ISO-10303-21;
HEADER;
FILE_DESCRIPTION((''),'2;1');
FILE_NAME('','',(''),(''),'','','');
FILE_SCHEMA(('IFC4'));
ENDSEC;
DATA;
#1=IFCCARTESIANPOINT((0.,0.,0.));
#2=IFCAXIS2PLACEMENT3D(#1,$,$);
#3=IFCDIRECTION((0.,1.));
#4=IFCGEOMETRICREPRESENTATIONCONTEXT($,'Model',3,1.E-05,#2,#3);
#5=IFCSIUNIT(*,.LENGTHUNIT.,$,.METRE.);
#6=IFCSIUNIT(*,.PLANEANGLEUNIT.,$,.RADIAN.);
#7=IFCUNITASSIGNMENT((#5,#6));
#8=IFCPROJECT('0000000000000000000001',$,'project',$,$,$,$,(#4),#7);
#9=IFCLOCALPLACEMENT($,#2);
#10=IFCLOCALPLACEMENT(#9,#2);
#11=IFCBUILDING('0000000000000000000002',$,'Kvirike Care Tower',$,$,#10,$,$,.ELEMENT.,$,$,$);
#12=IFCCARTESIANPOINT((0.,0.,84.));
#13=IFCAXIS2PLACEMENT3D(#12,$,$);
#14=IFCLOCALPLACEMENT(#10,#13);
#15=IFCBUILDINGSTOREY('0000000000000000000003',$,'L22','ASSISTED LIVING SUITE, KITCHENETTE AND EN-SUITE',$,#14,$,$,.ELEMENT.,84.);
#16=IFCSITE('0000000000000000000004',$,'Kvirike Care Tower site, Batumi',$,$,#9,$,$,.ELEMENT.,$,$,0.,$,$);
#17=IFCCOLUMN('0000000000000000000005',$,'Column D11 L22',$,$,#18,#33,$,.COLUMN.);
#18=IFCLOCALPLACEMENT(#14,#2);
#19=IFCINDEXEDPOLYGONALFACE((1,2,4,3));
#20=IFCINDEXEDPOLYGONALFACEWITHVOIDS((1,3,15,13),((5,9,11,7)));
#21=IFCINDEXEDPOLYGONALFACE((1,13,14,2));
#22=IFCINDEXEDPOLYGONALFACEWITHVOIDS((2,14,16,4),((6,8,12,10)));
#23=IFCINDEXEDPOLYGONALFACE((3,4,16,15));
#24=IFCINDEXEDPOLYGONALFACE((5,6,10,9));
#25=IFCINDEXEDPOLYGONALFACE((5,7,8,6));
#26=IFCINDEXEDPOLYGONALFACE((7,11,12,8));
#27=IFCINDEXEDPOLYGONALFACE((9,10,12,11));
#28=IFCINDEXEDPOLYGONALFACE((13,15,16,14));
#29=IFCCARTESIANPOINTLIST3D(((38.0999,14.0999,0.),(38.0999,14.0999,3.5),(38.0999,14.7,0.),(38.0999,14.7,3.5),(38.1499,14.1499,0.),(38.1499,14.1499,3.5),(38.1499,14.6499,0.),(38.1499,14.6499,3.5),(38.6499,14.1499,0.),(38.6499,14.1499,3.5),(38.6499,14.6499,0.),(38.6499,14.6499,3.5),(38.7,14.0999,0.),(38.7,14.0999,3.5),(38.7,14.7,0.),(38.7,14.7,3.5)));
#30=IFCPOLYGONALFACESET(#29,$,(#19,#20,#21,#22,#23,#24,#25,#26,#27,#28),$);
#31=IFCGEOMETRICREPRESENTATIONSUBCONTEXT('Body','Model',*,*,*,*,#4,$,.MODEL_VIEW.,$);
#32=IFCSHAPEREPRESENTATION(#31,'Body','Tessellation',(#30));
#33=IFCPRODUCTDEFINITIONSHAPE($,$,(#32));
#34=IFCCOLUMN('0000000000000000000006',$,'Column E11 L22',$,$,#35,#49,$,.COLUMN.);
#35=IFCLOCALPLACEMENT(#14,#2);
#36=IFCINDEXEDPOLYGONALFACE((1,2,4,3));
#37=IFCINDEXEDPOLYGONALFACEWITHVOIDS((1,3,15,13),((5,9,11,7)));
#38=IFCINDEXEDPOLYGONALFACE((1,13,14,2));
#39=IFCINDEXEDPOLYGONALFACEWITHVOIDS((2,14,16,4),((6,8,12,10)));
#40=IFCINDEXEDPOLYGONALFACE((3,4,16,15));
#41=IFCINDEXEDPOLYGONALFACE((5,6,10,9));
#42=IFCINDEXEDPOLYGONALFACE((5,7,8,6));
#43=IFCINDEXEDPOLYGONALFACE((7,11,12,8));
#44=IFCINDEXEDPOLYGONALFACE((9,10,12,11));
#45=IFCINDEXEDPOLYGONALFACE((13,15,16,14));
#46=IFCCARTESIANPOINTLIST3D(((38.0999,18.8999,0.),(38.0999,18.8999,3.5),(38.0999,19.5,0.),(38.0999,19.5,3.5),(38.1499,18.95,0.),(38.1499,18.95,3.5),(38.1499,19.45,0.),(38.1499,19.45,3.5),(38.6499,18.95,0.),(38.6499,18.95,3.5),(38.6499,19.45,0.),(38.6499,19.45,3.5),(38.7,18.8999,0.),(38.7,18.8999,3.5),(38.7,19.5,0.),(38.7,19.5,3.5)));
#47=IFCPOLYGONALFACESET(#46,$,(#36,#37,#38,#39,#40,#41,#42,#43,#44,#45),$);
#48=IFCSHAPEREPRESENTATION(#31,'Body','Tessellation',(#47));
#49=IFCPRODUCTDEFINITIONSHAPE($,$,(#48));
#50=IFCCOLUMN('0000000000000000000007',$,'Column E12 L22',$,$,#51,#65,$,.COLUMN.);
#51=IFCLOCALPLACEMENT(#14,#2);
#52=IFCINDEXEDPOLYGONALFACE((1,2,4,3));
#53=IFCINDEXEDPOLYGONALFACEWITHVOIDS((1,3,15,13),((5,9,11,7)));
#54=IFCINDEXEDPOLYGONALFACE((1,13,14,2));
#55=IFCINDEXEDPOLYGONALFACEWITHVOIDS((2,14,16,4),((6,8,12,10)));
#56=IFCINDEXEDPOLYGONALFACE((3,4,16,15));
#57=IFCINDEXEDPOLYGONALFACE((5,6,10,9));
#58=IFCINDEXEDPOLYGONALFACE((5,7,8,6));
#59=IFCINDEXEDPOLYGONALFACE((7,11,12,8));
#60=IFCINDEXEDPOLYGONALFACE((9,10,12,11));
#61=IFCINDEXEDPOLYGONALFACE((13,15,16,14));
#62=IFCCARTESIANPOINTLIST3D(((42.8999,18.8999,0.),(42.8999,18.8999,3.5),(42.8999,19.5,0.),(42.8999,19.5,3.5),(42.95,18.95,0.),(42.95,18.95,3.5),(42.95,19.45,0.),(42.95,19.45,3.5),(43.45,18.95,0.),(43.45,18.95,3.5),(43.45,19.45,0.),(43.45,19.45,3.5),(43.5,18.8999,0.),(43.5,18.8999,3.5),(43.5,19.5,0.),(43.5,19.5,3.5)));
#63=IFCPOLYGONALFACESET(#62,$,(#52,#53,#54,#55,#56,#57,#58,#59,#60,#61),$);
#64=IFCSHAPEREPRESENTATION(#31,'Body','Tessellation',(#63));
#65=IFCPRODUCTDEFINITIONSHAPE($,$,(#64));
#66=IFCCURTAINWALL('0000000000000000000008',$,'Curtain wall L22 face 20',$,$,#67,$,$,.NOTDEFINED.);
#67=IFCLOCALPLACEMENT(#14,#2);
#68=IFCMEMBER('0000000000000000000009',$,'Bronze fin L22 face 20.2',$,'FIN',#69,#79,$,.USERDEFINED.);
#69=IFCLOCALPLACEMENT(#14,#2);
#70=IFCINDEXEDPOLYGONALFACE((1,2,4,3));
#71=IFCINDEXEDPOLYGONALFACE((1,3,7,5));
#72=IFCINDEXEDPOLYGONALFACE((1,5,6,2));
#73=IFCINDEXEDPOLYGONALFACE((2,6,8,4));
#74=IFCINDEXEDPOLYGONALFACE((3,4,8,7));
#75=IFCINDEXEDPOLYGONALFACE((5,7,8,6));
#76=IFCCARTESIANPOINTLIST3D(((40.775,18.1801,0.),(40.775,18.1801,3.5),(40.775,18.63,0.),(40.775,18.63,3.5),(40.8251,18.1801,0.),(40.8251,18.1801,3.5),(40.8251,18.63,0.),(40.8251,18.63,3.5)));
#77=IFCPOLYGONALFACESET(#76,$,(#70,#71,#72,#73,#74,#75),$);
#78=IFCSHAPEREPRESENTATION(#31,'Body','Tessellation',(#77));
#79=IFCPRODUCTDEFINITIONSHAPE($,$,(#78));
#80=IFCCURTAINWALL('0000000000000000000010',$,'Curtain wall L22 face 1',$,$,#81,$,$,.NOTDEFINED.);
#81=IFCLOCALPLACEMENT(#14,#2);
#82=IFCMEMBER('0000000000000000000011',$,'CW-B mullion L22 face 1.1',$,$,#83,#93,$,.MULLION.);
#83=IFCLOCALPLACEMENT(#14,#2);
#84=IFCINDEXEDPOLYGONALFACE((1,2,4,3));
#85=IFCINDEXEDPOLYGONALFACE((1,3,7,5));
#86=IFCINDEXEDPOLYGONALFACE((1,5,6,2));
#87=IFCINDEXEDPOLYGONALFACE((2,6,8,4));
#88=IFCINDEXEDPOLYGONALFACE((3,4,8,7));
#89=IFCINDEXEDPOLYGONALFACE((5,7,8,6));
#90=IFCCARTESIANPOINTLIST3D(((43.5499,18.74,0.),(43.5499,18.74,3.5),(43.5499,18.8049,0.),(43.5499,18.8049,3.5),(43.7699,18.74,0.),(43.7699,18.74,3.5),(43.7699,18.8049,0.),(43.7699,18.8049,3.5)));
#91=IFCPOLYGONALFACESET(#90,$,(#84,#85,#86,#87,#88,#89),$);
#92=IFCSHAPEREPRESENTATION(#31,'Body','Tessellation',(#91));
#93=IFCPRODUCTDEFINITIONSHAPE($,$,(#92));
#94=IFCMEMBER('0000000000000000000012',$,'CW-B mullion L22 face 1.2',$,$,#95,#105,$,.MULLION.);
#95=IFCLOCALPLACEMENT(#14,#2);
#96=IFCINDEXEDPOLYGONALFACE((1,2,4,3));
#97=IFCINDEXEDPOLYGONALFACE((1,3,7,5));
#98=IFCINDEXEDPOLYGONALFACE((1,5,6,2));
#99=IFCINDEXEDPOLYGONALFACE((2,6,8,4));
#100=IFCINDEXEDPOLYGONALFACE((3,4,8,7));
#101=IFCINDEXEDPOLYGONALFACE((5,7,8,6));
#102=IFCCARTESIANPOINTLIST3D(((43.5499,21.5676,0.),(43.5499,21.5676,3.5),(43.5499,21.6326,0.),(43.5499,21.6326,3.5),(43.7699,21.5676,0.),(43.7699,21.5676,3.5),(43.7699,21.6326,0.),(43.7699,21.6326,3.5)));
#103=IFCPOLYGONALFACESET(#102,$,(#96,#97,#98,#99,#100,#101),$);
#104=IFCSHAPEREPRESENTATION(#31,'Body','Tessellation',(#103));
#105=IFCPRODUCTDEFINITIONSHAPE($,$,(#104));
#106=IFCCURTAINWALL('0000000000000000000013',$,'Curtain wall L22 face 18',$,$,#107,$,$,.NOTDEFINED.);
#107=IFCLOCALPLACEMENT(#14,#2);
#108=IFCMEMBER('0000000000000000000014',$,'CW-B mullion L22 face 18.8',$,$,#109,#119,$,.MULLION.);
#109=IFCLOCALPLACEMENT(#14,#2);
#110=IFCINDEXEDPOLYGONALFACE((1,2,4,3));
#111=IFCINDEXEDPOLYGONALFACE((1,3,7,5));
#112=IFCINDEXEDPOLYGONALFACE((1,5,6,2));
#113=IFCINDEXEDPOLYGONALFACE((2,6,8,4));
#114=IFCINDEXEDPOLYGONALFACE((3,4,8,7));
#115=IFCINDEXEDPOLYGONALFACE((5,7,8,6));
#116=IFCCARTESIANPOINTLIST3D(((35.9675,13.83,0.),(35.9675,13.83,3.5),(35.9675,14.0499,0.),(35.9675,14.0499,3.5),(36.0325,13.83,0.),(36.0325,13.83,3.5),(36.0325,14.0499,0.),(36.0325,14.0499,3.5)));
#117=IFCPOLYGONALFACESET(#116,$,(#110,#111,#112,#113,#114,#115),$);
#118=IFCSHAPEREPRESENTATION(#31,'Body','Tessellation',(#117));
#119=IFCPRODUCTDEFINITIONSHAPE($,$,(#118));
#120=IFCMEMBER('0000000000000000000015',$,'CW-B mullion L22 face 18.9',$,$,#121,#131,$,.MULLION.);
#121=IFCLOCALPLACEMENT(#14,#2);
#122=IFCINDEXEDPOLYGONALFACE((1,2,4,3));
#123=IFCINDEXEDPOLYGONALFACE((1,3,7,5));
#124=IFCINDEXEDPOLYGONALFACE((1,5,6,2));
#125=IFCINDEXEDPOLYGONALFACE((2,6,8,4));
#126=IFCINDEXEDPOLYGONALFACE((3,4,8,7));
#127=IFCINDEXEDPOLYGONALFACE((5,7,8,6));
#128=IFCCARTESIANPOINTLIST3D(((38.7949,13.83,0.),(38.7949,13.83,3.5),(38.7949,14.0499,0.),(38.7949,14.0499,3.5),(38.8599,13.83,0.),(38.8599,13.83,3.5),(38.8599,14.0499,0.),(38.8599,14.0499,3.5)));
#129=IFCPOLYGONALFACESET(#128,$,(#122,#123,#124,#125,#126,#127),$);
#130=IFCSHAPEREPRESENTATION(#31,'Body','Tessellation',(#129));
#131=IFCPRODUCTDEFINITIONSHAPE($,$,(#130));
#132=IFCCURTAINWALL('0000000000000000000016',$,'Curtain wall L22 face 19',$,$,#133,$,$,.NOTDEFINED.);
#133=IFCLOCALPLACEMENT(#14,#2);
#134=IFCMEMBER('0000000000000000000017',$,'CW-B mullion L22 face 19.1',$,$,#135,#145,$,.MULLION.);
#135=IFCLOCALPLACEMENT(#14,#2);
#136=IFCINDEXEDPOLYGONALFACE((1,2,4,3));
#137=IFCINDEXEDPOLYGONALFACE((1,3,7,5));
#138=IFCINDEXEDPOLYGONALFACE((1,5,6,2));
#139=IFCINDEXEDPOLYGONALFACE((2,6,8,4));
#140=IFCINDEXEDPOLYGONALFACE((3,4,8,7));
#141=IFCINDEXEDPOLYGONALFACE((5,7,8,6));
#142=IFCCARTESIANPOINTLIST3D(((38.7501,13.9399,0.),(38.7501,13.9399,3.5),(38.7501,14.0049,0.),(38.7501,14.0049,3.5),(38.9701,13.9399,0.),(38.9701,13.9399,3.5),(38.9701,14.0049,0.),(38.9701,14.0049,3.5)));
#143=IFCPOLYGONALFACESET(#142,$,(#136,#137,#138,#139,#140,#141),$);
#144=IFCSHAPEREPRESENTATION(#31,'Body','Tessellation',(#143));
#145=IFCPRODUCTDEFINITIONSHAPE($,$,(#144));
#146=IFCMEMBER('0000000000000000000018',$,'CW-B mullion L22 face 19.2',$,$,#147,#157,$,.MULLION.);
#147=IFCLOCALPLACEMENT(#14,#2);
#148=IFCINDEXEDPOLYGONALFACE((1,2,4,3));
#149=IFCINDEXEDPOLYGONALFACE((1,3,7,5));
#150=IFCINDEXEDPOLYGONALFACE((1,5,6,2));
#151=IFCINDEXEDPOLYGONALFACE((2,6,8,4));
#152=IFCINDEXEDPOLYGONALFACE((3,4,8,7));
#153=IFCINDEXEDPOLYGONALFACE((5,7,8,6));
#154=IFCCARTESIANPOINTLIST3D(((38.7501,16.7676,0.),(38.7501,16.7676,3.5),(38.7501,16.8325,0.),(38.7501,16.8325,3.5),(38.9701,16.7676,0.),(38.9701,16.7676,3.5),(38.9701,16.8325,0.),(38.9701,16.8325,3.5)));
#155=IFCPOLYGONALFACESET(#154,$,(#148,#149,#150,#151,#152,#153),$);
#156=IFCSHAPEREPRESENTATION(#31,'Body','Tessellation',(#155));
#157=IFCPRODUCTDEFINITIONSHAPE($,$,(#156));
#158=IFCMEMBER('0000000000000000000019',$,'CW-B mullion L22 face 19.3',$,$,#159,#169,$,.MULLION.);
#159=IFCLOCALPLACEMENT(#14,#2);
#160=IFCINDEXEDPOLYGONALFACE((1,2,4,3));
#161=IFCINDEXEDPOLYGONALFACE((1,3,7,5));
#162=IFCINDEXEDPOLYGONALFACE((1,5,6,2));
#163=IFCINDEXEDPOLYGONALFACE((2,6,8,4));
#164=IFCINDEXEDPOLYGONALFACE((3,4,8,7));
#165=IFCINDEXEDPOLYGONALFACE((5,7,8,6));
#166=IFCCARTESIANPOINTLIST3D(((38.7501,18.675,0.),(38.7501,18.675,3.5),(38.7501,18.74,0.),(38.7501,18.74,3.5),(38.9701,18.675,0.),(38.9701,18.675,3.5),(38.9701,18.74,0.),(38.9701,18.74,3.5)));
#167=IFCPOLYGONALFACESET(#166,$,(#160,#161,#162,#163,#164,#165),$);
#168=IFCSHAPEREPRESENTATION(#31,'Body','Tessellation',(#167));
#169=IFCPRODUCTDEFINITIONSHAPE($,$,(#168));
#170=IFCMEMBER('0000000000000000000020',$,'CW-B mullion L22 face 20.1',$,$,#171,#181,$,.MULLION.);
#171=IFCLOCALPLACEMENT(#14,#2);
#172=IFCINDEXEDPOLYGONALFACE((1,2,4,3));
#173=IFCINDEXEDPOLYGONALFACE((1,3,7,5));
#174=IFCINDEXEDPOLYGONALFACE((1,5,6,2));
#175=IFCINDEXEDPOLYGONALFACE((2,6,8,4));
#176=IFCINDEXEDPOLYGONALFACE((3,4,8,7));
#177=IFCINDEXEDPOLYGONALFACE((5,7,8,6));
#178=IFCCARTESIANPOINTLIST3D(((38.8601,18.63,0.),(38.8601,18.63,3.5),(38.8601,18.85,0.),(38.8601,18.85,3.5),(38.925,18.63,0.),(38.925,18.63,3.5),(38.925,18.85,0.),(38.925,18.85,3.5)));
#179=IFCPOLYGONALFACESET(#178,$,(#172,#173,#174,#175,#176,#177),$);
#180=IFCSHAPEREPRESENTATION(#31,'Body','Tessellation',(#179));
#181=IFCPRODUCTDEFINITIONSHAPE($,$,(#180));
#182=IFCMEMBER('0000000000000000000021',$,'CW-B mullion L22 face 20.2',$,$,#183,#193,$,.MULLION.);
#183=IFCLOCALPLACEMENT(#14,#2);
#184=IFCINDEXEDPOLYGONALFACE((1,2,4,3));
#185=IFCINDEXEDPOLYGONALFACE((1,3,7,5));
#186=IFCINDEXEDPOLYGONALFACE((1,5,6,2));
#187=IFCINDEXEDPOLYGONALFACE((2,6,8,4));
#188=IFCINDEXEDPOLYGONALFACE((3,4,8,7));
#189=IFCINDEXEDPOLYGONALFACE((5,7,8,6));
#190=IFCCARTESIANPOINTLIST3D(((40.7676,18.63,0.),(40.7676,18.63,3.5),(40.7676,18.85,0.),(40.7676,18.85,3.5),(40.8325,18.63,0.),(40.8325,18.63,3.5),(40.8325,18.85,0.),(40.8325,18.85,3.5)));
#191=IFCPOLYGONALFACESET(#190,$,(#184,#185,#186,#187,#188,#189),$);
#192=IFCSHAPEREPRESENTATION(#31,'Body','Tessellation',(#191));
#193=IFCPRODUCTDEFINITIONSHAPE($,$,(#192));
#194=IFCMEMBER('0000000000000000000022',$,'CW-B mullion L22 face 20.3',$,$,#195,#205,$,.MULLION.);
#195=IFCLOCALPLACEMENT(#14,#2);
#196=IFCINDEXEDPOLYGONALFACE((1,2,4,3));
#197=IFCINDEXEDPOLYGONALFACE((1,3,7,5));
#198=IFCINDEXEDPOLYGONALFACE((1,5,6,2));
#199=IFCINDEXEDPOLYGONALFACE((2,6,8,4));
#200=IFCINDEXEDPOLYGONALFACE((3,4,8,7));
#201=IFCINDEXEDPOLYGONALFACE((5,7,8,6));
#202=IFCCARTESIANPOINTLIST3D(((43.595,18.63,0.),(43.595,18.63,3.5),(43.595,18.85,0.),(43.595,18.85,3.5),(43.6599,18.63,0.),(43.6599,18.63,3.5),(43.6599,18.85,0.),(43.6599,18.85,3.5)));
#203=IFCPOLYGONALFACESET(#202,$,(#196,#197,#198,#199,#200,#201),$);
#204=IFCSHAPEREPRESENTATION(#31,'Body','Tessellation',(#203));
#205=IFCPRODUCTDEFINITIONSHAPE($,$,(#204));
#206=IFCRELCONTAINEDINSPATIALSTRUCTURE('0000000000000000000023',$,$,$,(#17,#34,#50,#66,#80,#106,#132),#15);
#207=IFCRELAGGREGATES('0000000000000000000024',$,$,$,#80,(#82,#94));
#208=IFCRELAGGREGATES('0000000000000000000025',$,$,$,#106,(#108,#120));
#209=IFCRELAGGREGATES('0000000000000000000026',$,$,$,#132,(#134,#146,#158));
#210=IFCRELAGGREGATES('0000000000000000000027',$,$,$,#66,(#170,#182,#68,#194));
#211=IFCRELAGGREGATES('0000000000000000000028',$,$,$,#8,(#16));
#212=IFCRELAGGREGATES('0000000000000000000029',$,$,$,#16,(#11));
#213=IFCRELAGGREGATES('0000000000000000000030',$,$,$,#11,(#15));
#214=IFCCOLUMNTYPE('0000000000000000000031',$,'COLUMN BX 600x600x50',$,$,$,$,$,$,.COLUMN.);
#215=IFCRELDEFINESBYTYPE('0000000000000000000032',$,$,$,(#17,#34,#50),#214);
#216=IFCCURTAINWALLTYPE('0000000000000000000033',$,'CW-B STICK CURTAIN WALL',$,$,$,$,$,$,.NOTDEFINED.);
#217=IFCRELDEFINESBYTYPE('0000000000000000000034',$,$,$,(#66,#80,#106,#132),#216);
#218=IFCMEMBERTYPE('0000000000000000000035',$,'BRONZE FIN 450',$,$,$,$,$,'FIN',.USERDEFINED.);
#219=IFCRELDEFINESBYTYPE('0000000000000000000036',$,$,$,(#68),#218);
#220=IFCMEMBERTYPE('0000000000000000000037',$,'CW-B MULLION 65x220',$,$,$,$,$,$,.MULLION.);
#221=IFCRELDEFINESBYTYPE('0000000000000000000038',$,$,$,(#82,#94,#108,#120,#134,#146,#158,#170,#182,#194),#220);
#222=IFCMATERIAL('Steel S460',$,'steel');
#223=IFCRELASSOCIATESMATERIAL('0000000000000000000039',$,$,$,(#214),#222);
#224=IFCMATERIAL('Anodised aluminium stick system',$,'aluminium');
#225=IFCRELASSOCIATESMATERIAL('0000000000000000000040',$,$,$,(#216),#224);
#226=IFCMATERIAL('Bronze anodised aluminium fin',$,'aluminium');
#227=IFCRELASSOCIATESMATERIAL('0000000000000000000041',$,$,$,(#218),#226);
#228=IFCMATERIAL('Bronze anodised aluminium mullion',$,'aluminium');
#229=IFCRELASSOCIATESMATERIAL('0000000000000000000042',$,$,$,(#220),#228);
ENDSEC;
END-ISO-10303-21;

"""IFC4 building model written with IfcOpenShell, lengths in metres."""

from ifc_helpers import new_model, si_unit, direction, frame, origin, origin_2d, place, context, subcontext, project, spatial, rectangle, hollow_rectangle, extrude, material, material_profile, profile_set, type_object, element, aggregate, save


model = new_model("IFC4")

# Units and contexts
model_context = context("Model", 3, precision=1e-05, world=origin(), true_north=direction((0.0, 1.0)))
body_context = subcontext(model_context, "Body", "Model", "MODEL_VIEW")
ifc_project = project(units=[si_unit("LENGTHUNIT", "METRE"), si_unit("PLANEANGLEUNIT", "RADIAN")], contexts=[model_context])

# Site, building, storey
site_placement = place(None, origin())
site = spatial("IfcSite", under=ifc_project, at=site_placement, Name="Kvirike Care Tower site, Batumi", CompositionType="ELEMENT", RefElevation=0.0)
building_placement = place(site_placement, origin())
building = spatial("IfcBuilding", under=site, at=building_placement, Name="Kvirike Care Tower", CompositionType="ELEMENT")
storey_placement = place(building_placement, frame((0.0, 0.0, 84.0)))
storey = spatial("IfcBuildingStorey", under=building, at=storey_placement, Name="L22", Description="ASSISTED LIVING SUITE, KITCHENETTE AND EN-SUITE", CompositionType="ELEMENT", Elevation=84.0)

# Columns
ifc_material_1 = material(Name="Steel S460", Category="steel")
ifc_material_profile_1 = material_profile(ifc_material_1, hollow_rectangle(XDim=0.6001, YDim=0.6001, WallThickness=0.05, at=origin_2d()), Name="BX 600x600x50")
ifc_profile_set_1 = profile_set([ifc_material_profile_1], Name="Steel S460")
column_type = type_object("IfcColumnType", Name="COLUMN BX 600x600x50", PredefinedType="COLUMN", material=ifc_profile_set_1)
for number, where, z_axis, x_axis, name in (
    (1, (38.3999, 14.3999, 0.0), (0.0, 0.0, 1.0), (0.0, 1.0, 0.0), "Column D11 L22"),
    (2, (38.3999, 19.2, 0.0), (0.0, 0.0, 1.0), (0.0, 1.0, 0.0), "Column E11 L22"),
    (3, (43.2, 19.2, 0.0), (0.0, 0.0, 1.0), (0.0, 1.0, 0.0), "Column E12 L22"),
):
    element("IfcColumn", number, at=place(storey_placement, frame(where, z_axis=z_axis, x_axis=x_axis)), inside=storey, type_object=column_type, Name=name, PredefinedType="COLUMN", context=body_context, shape_type="SweptSolid", body=[
        extrude(hollow_rectangle(XDim=0.6001, YDim=0.6001, WallThickness=0.05, at=origin_2d()), origin(), (0.0, 0.0, 1.0), 3.5),
    ])

# Curtain wall, member
ifc_material_2 = material(Name="Anodised aluminium stick system", Category="aluminium")
curtain_wall_type = type_object("IfcCurtainWallType", Name="CW-B STICK CURTAIN WALL", PredefinedType="NOTDEFINED", material=ifc_material_2)
curtain_wall_1_placement = place(storey_placement, origin())
curtain_wall_1 = element("IfcCurtainWall", 4, at=curtain_wall_1_placement, inside=storey, type_object=curtain_wall_type, Name="Curtain wall L22 face 20", PredefinedType="NOTDEFINED")
ifc_material_3 = material(Name="Bronze anodised aluminium fin", Category="aluminium")
ifc_material_profile_2 = material_profile(ifc_material_3, rectangle(XDim=0.05, YDim=0.45, at=origin_2d()), Name="BRONZE FIN 450")
ifc_profile_set_2 = profile_set([ifc_material_profile_2], Name="Bronze anodised aluminium fin")
member_type_1 = type_object("IfcMemberType", Name="BRONZE FIN 450", ElementType="FIN", PredefinedType="USERDEFINED", material=ifc_profile_set_2)
member_1_placement = place(storey_placement, frame((40.8, 18.405, 0.0), z_axis=(0.0, 0.0, 1.0), x_axis=(1.0, 0.0, 0.0)))
member_1 = element("IfcMember", 5, at=member_1_placement, type_object=member_type_1, Name="Bronze fin L22 face 20.2", ObjectType="FIN", PredefinedType="USERDEFINED", context=body_context, shape_type="SweptSolid", body=[
    extrude(rectangle(XDim=0.05, YDim=0.45, at=origin_2d()), origin(), (0.0, 0.0, 1.0), 3.5),
])

# Curtain walls, members
curtain_wall_2_placement = place(storey_placement, origin())
curtain_wall_2 = element("IfcCurtainWall", 6, at=curtain_wall_2_placement, inside=storey, type_object=curtain_wall_type, Name="Curtain wall L22 face 1", PredefinedType="NOTDEFINED")
ifc_material_4 = material(Name="Bronze anodised aluminium mullion", Category="aluminium")
ifc_material_profile_3 = material_profile(ifc_material_4, rectangle(XDim=0.0649, YDim=0.22, at=origin_2d()), Name="CW-B MULLION 65x220")
ifc_profile_set_3 = profile_set([ifc_material_profile_3], Name="Bronze anodised aluminium mullion")
member_type_2 = type_object("IfcMemberType", Name="CW-B MULLION 65x220", PredefinedType="MULLION", material=ifc_profile_set_3)
member_2_placement = place(storey_placement, frame((43.6599, 18.7725, 0.0), z_axis=(0.0, 0.0, 1.0), x_axis=(0.0, 1.0, 0.0)))
member_2 = element("IfcMember", 7, at=member_2_placement, type_object=member_type_2, Name="CW-B mullion L22 face 1.1", PredefinedType="MULLION", context=body_context, shape_type="SweptSolid", body=[
    extrude(rectangle(XDim=0.0649, YDim=0.22, at=origin_2d()), origin(), (0.0, 0.0, 1.0), 3.5),
])
member_3_placement = place(storey_placement, frame((43.6599, 21.6001, 0.0), z_axis=(0.0, 0.0, 1.0), x_axis=(0.0, 1.0, 0.0)))
member_3 = element("IfcMember", 8, at=member_3_placement, type_object=member_type_2, Name="CW-B mullion L22 face 1.2", PredefinedType="MULLION", context=body_context, shape_type="SweptSolid", body=[
    extrude(rectangle(XDim=0.0649, YDim=0.22, at=origin_2d()), origin(), (0.0, 0.0, 1.0), 3.5),
])
curtain_wall_3_placement = place(storey_placement, origin())
curtain_wall_3 = element("IfcCurtainWall", 9, at=curtain_wall_3_placement, inside=storey, type_object=curtain_wall_type, Name="Curtain wall L22 face 18", PredefinedType="NOTDEFINED")
member_4_placement = place(storey_placement, frame((36.0, 13.9399, 0.0), z_axis=(0.0, 0.0, 1.0), x_axis=(1.0, 0.0, 0.0)))
member_4 = element("IfcMember", 10, at=member_4_placement, type_object=member_type_2, Name="CW-B mullion L22 face 18.8", PredefinedType="MULLION", context=body_context, shape_type="SweptSolid", body=[
    extrude(rectangle(XDim=0.0649, YDim=0.22, at=origin_2d()), origin(), (0.0, 0.0, 1.0), 3.5),
])
member_5_placement = place(storey_placement, frame((38.8274, 13.9399, 0.0), z_axis=(0.0, 0.0, 1.0), x_axis=(1.0, 0.0, 0.0)))
member_5 = element("IfcMember", 11, at=member_5_placement, type_object=member_type_2, Name="CW-B mullion L22 face 18.9", PredefinedType="MULLION", context=body_context, shape_type="SweptSolid", body=[
    extrude(rectangle(XDim=0.0649, YDim=0.22, at=origin_2d()), origin(), (0.0, 0.0, 1.0), 3.5),
])
curtain_wall_4_placement = place(storey_placement, origin())
curtain_wall_4 = element("IfcCurtainWall", 12, at=curtain_wall_4_placement, inside=storey, type_object=curtain_wall_type, Name="Curtain wall L22 face 19", PredefinedType="NOTDEFINED")
member_6_placement = place(storey_placement, frame((38.8601, 13.9724, 0.0), z_axis=(0.0, 0.0, 1.0), x_axis=(0.0, 1.0, 0.0)))
member_6 = element("IfcMember", 13, at=member_6_placement, type_object=member_type_2, Name="CW-B mullion L22 face 19.1", PredefinedType="MULLION", context=body_context, shape_type="SweptSolid", body=[
    extrude(rectangle(XDim=0.0649, YDim=0.22, at=origin_2d()), origin(), (0.0, 0.0, 1.0), 3.5),
])
member_7_placement = place(storey_placement, frame((38.8601, 16.8, 0.0), z_axis=(0.0, 0.0, 1.0), x_axis=(0.0, 1.0, 0.0)))
member_7 = element("IfcMember", 14, at=member_7_placement, type_object=member_type_2, Name="CW-B mullion L22 face 19.2", PredefinedType="MULLION", context=body_context, shape_type="SweptSolid", body=[
    extrude(rectangle(XDim=0.0649, YDim=0.22, at=origin_2d()), origin(), (0.0, 0.0, 1.0), 3.5),
])
member_8_placement = place(storey_placement, frame((38.8601, 18.7075, 0.0), z_axis=(0.0, 0.0, 1.0), x_axis=(0.0, 1.0, 0.0)))
member_8 = element("IfcMember", 15, at=member_8_placement, type_object=member_type_2, Name="CW-B mullion L22 face 19.3", PredefinedType="MULLION", context=body_context, shape_type="SweptSolid", body=[
    extrude(rectangle(XDim=0.0649, YDim=0.22, at=origin_2d()), origin(), (0.0, 0.0, 1.0), 3.5),
])

# Members
member_9_placement = place(storey_placement, frame((38.8926, 18.74, 0.0), z_axis=(0.0, 0.0, 1.0), x_axis=(1.0, 0.0, 0.0)))
member_9 = element("IfcMember", 16, at=member_9_placement, type_object=member_type_2, Name="CW-B mullion L22 face 20.1", PredefinedType="MULLION", context=body_context, shape_type="SweptSolid", body=[
    extrude(rectangle(XDim=0.0649, YDim=0.22, at=origin_2d()), origin(), (0.0, 0.0, 1.0), 3.5),
])
member_10_placement = place(storey_placement, frame((40.8, 18.74, 0.0), z_axis=(0.0, 0.0, 1.0), x_axis=(1.0, 0.0, 0.0)))
member_10 = element("IfcMember", 17, at=member_10_placement, type_object=member_type_2, Name="CW-B mullion L22 face 20.2", PredefinedType="MULLION", context=body_context, shape_type="SweptSolid", body=[
    extrude(rectangle(XDim=0.0649, YDim=0.22, at=origin_2d()), origin(), (0.0, 0.0, 1.0), 3.5),
])
member_11_placement = place(storey_placement, frame((43.6274, 18.74, 0.0), z_axis=(0.0, 0.0, 1.0), x_axis=(1.0, 0.0, 0.0)))
member_11 = element("IfcMember", 18, at=member_11_placement, type_object=member_type_2, Name="CW-B mullion L22 face 20.3", PredefinedType="MULLION", context=body_context, shape_type="SweptSolid", body=[
    extrude(rectangle(XDim=0.0649, YDim=0.22, at=origin_2d()), origin(), (0.0, 0.0, 1.0), 3.5),
])

aggregate(curtain_wall_2, [member_2, member_3])
aggregate(curtain_wall_3, [member_4, member_5])
aggregate(curtain_wall_4, [member_6, member_7, member_8])
aggregate(curtain_wall_1, [member_9, member_10, member_1, member_11])

save(model, "model.ifc")
